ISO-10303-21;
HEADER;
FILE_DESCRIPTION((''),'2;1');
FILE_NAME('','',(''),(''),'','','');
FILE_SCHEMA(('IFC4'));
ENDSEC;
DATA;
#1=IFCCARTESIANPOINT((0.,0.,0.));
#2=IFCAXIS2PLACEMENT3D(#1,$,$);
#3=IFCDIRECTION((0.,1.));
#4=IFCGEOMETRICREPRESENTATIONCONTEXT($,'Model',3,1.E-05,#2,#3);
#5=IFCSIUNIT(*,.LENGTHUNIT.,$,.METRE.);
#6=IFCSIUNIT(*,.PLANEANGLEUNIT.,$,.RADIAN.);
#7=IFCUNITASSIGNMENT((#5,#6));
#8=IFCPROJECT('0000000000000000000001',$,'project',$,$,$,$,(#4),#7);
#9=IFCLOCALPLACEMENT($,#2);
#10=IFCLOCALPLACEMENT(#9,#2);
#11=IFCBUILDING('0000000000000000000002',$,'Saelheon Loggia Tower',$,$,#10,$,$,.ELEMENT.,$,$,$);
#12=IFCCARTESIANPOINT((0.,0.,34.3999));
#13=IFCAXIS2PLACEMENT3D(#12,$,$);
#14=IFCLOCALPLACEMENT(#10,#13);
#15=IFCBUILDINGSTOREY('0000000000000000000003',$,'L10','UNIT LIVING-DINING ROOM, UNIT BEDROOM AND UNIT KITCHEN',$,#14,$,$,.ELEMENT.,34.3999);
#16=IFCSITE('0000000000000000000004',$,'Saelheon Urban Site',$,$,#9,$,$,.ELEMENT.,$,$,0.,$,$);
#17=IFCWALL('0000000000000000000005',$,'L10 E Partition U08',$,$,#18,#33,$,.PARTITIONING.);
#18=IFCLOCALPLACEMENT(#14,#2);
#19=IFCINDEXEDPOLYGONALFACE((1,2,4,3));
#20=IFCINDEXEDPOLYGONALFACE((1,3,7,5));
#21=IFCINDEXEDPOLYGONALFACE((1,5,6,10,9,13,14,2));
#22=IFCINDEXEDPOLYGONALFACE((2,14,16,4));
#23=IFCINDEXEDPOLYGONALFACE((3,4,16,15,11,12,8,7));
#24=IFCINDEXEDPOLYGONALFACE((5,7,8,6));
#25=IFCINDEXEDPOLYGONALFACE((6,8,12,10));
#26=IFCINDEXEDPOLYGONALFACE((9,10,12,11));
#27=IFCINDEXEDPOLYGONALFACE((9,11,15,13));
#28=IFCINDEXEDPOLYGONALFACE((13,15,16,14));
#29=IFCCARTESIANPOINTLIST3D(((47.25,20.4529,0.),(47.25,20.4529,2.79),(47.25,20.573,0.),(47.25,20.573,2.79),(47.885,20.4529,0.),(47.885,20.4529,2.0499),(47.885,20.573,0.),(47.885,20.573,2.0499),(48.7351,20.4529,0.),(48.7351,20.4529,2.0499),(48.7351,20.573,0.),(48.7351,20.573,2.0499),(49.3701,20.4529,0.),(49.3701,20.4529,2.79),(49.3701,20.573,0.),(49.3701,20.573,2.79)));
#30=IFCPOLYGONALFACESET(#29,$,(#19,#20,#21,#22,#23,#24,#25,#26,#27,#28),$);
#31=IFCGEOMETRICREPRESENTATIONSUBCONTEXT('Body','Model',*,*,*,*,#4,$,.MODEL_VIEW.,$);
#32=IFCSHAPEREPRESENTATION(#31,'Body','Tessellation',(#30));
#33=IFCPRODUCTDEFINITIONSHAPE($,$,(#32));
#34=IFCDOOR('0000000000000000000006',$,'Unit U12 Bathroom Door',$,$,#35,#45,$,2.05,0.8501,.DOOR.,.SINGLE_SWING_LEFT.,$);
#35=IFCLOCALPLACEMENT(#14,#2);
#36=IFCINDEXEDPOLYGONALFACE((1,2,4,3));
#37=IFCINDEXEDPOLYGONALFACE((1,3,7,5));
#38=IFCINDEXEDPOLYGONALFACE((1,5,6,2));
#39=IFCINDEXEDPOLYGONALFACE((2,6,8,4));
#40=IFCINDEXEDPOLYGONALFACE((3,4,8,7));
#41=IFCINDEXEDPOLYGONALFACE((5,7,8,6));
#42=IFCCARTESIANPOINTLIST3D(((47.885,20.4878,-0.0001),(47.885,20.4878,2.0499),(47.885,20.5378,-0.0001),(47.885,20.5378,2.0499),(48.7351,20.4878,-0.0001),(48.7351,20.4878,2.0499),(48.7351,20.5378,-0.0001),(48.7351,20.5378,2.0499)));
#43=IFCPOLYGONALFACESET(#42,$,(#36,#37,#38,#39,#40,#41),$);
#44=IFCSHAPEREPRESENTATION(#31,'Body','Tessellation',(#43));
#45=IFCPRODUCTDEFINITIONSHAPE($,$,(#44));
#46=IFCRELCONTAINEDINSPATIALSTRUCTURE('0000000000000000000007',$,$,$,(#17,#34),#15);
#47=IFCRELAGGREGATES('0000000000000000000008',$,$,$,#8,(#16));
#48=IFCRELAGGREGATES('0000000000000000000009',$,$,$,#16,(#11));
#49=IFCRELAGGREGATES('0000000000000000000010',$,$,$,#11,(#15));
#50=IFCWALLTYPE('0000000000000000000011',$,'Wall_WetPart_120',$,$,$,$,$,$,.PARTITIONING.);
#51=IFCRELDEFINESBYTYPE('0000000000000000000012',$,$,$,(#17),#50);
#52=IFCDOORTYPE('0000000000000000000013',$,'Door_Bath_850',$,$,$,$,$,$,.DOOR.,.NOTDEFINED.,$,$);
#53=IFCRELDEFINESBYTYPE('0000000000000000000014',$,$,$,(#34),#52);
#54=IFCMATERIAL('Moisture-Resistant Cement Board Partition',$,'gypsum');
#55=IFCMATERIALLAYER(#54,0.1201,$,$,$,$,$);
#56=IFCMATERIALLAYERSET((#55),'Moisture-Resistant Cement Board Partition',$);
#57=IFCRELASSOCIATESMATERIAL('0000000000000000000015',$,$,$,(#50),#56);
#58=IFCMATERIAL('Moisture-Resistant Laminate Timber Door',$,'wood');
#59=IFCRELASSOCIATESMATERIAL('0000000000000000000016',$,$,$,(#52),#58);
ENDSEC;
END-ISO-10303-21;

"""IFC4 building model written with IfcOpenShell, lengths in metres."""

from ifc_helpers import new_model, si_unit, direction, frame, frame_2d, origin, place, context, subcontext, project, spatial, rectangle, extrude, source, transform, mapped, material, layer, layer_set, type_object, element, fill, save


model = new_model("IFC4")

# Units and contexts
model_context = context("Model", 3, precision=1e-05, world=origin(), true_north=direction((0.0, 1.0)))
body_context = subcontext(model_context, "Body", "Model", "MODEL_VIEW")
ifc_project = project(units=[si_unit("LENGTHUNIT", "METRE"), si_unit("PLANEANGLEUNIT", "RADIAN")], contexts=[model_context])

# Site, building, storey
site_placement = place(None, origin())
site = spatial("IfcSite", under=ifc_project, at=site_placement, Name="Saelheon Urban Site", CompositionType="ELEMENT", RefElevation=0.0)
building_placement = place(site_placement, origin())
building = spatial("IfcBuilding", under=site, at=building_placement, Name="Saelheon Loggia Tower", CompositionType="ELEMENT")
storey_placement = place(building_placement, frame((0.0, 0.0, 34.3999)))
storey = spatial("IfcBuildingStorey", under=building, at=storey_placement, Name="L10", Description="UNIT LIVING-DINING ROOM, UNIT BEDROOM AND UNIT KITCHEN", CompositionType="ELEMENT", Elevation=34.3999)

# Shared definitions
ifc_material_1 = material(Name="Moisture-Resistant Cement Board Partition", Category="gypsum")
ifc_layer_1 = layer(ifc_material_1, 0.1201)
ifc_layer_set_1 = layer_set([ifc_layer_1], Name="Moisture-Resistant Cement Board Partition")
wall_type_1 = type_object("IfcWallType", Name="Wall_WetPart_120", PredefinedType="PARTITIONING", material=ifc_layer_set_1)

# Wall, opening, door
wall_1_placement = place(storey_placement, frame((47.25, 20.5129, 0.0), z_axis=(0.0, 0.0, 1.0), x_axis=(1.0, 0.0, 0.0)))
wall_1 = element("IfcWall", 1, at=wall_1_placement, inside=storey, type_object=wall_type_1, Name="L10 E Partition U08", PredefinedType="PARTITIONING", context=body_context, shape_type="SweptSolid", body=[
    extrude(rectangle(XDim=2.1201, YDim=0.1201, at=frame_2d((1.0601, 0.0))), origin(), (0.0, 0.0, 1.0), 2.79),
])
opening_1_placement = place(wall_1_placement, frame((0.635, 0.0, 0.0)))
opening_1 = element("IfcOpeningElement", 2, at=opening_1_placement, cuts=wall_1, PredefinedType="OPENING", context=body_context, shape_type="SweptSolid", body=[
    extrude(rectangle(XDim=0.8501, YDim=2.05, at=frame_2d((0.425, 1.0249))), frame((0.0, 0.072, 0.0), z_axis=(0.0, -1.0, 0.0), x_axis=(1.0, 0.0, 0.0)), (0.0, 0.0, 1.0), 0.144),
])
ifc_material_2 = material(Name="Moisture-Resistant Laminate Timber Door", Category="wood")
door_type_1 = type_object("IfcDoorType", Name="Door_Bath_850", OperationType="NOTDEFINED", PredefinedType="DOOR", material=ifc_material_2)
shared_shape_1 = source(origin(), body_context, "Body", "SweptSolid", [
    extrude(rectangle(XDim=0.8501, YDim=2.05, at=frame_2d((0.425, 1.0249))), frame((0.0, 0.0249, 0.0), z_axis=(0.0, -1.0, 0.0), x_axis=(1.0, 0.0, 0.0)), (0.0, 0.0, 1.0), 0.05),
])
door_1_placement = place(opening_1_placement, origin())
door_1 = element("IfcDoor", 3, at=door_1_placement, inside=storey, type_object=door_type_1, Name="Unit U12 Bathroom Door", OperationType="SINGLE_SWING_LEFT", OverallHeight=2.05, OverallWidth=0.8501, PredefinedType="DOOR", context=body_context, shape_type="MappedRepresentation", body=[
    mapped(shared_shape_1, transform((0.0, 0.0, 0.0), scale=1.0)),
])
fill(opening_1, door_1)

save(model, "model.ifc")
